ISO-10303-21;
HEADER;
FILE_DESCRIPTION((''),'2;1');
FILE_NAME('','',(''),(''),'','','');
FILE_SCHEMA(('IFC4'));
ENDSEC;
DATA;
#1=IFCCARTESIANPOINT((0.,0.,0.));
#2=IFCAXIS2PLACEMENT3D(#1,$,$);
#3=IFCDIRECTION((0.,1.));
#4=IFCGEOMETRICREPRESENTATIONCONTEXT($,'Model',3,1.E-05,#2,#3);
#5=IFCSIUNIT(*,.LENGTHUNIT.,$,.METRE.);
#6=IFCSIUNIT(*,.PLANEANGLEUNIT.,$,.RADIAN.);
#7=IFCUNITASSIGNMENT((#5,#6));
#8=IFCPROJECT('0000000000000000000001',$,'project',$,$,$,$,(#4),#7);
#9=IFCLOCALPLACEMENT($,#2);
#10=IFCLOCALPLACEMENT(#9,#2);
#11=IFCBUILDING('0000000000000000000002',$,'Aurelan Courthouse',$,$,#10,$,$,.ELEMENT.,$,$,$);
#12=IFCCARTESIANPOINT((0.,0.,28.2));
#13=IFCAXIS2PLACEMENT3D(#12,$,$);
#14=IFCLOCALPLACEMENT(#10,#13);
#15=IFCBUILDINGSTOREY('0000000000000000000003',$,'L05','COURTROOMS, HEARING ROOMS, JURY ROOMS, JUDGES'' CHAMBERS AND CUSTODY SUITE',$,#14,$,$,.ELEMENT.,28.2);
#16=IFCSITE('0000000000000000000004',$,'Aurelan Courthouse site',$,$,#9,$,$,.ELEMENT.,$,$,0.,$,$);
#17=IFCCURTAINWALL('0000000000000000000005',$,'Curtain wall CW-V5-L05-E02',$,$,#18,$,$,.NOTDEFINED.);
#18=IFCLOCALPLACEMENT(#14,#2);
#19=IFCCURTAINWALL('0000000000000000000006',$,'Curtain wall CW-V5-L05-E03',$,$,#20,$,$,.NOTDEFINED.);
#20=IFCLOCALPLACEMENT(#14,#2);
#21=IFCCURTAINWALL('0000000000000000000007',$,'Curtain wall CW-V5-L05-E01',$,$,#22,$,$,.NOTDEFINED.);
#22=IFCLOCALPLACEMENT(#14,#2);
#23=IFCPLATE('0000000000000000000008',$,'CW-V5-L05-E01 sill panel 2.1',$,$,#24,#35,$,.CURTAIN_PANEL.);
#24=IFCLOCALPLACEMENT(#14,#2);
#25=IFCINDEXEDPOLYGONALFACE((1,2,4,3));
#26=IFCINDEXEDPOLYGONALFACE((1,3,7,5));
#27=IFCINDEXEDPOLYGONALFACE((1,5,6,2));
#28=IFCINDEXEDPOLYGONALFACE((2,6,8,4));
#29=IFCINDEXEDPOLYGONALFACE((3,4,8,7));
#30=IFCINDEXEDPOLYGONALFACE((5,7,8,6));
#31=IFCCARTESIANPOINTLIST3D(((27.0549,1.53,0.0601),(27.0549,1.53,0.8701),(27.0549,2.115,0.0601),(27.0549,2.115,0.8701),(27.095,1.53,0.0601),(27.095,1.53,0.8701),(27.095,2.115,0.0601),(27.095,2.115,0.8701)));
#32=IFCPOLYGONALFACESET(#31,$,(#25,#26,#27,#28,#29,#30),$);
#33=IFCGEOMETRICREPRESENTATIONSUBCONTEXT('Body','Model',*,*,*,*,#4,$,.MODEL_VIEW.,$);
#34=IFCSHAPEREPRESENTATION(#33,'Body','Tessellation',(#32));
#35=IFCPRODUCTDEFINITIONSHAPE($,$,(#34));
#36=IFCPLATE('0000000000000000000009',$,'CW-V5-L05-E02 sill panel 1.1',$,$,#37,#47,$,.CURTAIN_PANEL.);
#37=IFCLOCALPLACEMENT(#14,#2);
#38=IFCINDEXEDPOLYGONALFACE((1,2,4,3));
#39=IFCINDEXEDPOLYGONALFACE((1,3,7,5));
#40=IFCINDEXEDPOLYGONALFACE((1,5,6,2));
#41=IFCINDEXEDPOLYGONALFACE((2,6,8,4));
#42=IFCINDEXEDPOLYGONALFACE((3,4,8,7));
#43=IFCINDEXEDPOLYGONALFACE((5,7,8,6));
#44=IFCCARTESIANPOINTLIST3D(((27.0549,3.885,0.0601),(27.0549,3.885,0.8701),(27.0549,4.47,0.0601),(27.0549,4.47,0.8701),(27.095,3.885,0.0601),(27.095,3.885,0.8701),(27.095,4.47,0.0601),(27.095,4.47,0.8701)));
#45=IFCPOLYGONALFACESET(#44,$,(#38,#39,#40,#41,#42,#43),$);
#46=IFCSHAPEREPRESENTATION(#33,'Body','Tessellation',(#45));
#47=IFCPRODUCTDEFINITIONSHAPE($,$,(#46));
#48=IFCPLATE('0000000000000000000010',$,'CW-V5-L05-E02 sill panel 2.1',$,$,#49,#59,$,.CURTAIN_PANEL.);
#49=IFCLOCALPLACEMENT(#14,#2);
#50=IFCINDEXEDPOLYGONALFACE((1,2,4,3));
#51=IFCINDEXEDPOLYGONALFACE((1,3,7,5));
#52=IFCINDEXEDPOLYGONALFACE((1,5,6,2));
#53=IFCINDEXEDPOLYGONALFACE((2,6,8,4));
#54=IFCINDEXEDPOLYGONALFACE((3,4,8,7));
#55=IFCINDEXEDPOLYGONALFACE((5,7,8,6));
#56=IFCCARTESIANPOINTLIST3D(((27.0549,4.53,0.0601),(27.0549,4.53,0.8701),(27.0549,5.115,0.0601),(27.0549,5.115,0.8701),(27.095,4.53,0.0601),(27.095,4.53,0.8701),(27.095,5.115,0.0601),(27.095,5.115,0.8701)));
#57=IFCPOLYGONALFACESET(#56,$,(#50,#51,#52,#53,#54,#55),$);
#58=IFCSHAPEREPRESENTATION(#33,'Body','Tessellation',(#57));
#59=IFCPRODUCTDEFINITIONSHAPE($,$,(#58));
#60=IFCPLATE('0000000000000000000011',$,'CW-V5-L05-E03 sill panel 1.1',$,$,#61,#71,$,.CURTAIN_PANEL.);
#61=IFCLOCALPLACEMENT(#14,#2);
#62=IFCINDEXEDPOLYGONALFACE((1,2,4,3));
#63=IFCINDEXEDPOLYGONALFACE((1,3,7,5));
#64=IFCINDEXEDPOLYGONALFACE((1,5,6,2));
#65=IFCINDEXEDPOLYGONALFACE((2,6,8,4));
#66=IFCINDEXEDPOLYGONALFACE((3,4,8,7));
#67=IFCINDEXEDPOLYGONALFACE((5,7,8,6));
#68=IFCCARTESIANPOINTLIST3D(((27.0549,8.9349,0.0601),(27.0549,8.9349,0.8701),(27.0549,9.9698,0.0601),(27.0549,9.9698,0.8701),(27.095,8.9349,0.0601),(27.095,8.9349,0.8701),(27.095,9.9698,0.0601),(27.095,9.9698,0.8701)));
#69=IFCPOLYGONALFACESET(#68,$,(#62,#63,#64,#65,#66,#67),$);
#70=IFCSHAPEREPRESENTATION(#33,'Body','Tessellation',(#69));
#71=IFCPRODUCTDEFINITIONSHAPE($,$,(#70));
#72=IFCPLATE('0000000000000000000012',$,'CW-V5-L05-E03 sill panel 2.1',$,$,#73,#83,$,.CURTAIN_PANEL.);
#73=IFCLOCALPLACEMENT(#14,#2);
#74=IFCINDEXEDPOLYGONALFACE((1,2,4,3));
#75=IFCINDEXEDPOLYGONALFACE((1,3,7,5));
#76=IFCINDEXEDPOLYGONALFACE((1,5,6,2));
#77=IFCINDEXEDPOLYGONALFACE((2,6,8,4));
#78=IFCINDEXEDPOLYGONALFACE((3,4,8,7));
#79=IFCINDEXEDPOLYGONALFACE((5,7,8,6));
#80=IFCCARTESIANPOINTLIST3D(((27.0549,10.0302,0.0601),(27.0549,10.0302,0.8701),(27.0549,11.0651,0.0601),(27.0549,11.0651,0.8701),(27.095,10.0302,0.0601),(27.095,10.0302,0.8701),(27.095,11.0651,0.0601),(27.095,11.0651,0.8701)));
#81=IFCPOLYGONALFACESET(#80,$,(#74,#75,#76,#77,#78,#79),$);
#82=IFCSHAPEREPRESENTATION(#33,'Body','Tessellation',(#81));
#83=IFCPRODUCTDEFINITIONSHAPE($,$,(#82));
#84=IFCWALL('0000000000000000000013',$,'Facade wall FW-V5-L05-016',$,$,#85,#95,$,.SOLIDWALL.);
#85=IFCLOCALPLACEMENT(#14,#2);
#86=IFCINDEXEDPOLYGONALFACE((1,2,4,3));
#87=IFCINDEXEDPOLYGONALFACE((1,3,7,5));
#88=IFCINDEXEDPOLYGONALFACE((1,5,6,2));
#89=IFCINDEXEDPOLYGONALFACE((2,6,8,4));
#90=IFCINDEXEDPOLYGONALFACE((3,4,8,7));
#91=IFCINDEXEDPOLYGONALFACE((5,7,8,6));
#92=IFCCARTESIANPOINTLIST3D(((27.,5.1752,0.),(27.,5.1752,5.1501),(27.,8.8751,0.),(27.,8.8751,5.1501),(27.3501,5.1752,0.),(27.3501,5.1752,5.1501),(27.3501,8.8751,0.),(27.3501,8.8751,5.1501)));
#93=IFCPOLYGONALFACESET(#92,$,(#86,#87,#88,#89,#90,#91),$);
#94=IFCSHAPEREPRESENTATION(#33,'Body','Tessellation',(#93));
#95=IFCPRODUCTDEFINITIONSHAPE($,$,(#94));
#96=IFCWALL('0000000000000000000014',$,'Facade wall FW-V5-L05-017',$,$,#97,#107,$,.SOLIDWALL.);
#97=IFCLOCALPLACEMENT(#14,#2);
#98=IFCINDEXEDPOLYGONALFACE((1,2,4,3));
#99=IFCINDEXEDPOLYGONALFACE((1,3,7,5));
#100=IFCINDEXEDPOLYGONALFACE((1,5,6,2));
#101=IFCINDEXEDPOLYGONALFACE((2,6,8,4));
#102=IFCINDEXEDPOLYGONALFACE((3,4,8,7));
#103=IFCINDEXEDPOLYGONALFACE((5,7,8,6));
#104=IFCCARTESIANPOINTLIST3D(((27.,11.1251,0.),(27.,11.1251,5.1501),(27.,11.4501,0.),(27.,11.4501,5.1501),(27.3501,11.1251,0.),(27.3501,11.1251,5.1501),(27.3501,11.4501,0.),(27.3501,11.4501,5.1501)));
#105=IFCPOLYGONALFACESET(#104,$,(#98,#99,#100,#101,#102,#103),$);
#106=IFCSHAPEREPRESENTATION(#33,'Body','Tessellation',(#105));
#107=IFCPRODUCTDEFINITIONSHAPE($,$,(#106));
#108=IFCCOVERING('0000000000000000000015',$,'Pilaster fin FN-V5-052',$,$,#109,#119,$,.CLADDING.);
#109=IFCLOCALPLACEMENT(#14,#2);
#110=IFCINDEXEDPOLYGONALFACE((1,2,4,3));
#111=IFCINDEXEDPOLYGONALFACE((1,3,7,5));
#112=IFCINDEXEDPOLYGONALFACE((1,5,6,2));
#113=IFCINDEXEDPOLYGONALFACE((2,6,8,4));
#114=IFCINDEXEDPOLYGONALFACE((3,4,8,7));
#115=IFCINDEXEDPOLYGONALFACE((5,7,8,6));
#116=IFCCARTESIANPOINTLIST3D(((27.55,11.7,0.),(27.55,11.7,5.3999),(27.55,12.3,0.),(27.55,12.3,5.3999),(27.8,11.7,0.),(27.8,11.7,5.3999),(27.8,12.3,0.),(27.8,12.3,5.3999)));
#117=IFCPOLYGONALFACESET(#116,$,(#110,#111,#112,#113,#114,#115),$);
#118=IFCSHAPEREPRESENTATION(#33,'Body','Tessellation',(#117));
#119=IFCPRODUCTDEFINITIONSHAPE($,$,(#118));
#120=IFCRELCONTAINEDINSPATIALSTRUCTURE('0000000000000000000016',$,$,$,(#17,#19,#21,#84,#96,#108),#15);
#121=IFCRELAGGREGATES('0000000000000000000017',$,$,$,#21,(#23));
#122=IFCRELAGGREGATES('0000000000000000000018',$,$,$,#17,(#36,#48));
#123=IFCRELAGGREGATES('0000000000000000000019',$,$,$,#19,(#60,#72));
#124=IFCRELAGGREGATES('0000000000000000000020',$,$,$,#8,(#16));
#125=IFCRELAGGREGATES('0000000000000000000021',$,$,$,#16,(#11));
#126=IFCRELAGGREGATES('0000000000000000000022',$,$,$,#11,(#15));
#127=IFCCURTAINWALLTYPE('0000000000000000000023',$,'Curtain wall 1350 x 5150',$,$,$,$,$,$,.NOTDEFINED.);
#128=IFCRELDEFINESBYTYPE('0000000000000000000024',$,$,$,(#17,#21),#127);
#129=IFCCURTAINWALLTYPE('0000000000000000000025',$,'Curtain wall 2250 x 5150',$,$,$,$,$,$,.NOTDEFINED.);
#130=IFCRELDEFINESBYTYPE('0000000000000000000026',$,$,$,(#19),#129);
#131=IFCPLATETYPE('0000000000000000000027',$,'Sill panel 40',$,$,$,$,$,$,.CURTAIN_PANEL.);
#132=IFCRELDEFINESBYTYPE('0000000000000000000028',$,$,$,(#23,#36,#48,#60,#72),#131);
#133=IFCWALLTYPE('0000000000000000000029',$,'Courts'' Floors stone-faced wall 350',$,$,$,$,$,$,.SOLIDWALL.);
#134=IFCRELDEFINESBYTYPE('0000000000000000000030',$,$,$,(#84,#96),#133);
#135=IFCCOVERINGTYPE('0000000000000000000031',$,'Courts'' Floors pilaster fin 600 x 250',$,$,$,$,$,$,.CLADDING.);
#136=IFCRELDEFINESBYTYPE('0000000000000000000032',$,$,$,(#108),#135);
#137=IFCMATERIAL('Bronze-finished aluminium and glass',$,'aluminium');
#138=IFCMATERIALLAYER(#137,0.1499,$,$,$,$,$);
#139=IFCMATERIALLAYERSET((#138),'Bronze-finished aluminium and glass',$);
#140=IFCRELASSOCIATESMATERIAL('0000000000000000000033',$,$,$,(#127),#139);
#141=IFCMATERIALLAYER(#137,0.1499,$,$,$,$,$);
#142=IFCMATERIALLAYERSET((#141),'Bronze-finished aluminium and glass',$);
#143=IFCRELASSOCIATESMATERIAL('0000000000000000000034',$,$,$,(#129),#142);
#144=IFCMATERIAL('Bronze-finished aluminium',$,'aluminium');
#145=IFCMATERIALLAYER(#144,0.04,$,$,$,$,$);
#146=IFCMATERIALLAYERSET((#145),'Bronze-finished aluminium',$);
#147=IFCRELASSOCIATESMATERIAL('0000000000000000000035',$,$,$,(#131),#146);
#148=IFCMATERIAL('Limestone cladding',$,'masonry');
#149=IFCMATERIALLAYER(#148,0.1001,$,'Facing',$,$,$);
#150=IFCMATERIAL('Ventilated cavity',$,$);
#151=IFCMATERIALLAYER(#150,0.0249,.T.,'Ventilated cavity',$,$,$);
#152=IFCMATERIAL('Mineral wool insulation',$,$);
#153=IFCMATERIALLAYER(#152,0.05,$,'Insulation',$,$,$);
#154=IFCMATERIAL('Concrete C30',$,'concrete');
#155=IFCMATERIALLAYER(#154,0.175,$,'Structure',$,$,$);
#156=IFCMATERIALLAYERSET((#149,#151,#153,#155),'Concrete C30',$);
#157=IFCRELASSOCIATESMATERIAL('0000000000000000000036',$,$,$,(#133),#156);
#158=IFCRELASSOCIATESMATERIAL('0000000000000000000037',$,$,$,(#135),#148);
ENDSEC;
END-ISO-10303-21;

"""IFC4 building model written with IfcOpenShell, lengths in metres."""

from ifc_helpers import new_model, si_unit, direction, frame, frame_2d, origin, origin_2d, place, context, subcontext, project, spatial, rectangle, extrude, material, layer, layer_set, type_object, element, aggregate, save


model = new_model("IFC4")

# Units and contexts
model_context = context("Model", 3, precision=1e-05, world=origin(), true_north=direction((0.0, 1.0)))
body_context = subcontext(model_context, "Body", "Model", "MODEL_VIEW")
ifc_project = project(units=[si_unit("LENGTHUNIT", "METRE"), si_unit("PLANEANGLEUNIT", "RADIAN")], contexts=[model_context])

# Site, building, storey
site_placement = place(None, origin())
site = spatial("IfcSite", under=ifc_project, at=site_placement, Name="Aurelan Courthouse site", CompositionType="ELEMENT", RefElevation=0.0)
building_placement = place(site_placement, origin())
building = spatial("IfcBuilding", under=site, at=building_placement, Name="Aurelan Courthouse", CompositionType="ELEMENT")
storey_placement = place(building_placement, frame((0.0, 0.0, 28.2)))
storey = spatial("IfcBuildingStorey", under=building, at=storey_placement, Name="L05", Description="COURTROOMS, HEARING ROOMS, JURY ROOMS, JUDGES' CHAMBERS AND CUSTODY SUITE", CompositionType="ELEMENT", Elevation=28.2)

# Curtain wall
ifc_material_1 = material(Name="Bronze-finished aluminium and glass", Category="aluminium")
ifc_layer_1 = layer(ifc_material_1, 0.1499)
ifc_layer_set_1 = layer_set([ifc_layer_1], Name="Bronze-finished aluminium and glass")
curtain_wall_type_1 = type_object("IfcCurtainWallType", Name="Curtain wall 1350 x 5150", PredefinedType="NOTDEFINED", material=ifc_layer_set_1)
curtain_wall_1_placement = place(storey_placement, origin())
curtain_wall_1 = element("IfcCurtainWall", 1, at=curtain_wall_1_placement, inside=storey, type_object=curtain_wall_type_1, Name="Curtain wall CW-V5-L05-E02", PredefinedType="NOTDEFINED")
ifc_material_2 = material(Name="Bronze-finished aluminium", Category="aluminium")

# Curtain wall
ifc_layer_2 = layer(ifc_material_1, 0.1499)
ifc_layer_set_2 = layer_set([ifc_layer_2], Name="Bronze-finished aluminium and glass")
curtain_wall_type_2 = type_object("IfcCurtainWallType", Name="Curtain wall 2250 x 5150", PredefinedType="NOTDEFINED", material=ifc_layer_set_2)
curtain_wall_2_placement = place(storey_placement, origin())
curtain_wall_2 = element("IfcCurtainWall", 2, at=curtain_wall_2_placement, inside=storey, type_object=curtain_wall_type_2, Name="Curtain wall CW-V5-L05-E03", PredefinedType="NOTDEFINED")

# Curtain wall
curtain_wall_3_placement = place(storey_placement, origin())
curtain_wall_3 = element("IfcCurtainWall", 3, at=curtain_wall_3_placement, inside=storey, type_object=curtain_wall_type_1, Name="Curtain wall CW-V5-L05-E01", PredefinedType="NOTDEFINED")

# Plates
ifc_layer_3 = layer(ifc_material_2, 0.04)
ifc_layer_set_3 = layer_set([ifc_layer_3], Name="Bronze-finished aluminium")
plate_type = type_object("IfcPlateType", Name="Sill panel 40", PredefinedType="CURTAIN_PANEL", material=ifc_layer_set_3)
plate_1_placement = place(storey_placement, frame((27.075, 1.8225, 0.0601), z_axis=(0.0, 0.0, 1.0), x_axis=(0.0, 1.0, 0.0)))
plate_1 = element("IfcPlate", 4, at=plate_1_placement, type_object=plate_type, Name="CW-V5-L05-E01 sill panel 2.1", PredefinedType="CURTAIN_PANEL", context=body_context, shape_type="SweptSolid", body=[
    extrude(rectangle(XDim=0.585, YDim=0.04, at=origin_2d()), origin(), (0.0, 0.0, 1.0), 0.8101),
])
aggregate(curtain_wall_3, [plate_1])
plate_2_placement = place(storey_placement, frame((27.075, 4.1775, 0.0601), z_axis=(0.0, 0.0, 1.0), x_axis=(0.0, 1.0, 0.0)))
plate_2 = element("IfcPlate", 5, at=plate_2_placement, type_object=plate_type, Name="CW-V5-L05-E02 sill panel 1.1", PredefinedType="CURTAIN_PANEL", context=body_context, shape_type="SweptSolid", body=[
    extrude(rectangle(XDim=0.585, YDim=0.04, at=origin_2d()), origin(), (0.0, 0.0, 1.0), 0.8101),
])
plate_3_placement = place(storey_placement, frame((27.075, 4.8225, 0.0601), z_axis=(0.0, 0.0, 1.0), x_axis=(0.0, 1.0, 0.0)))
plate_3 = element("IfcPlate", 6, at=plate_3_placement, type_object=plate_type, Name="CW-V5-L05-E02 sill panel 2.1", PredefinedType="CURTAIN_PANEL", context=body_context, shape_type="SweptSolid", body=[
    extrude(rectangle(XDim=0.585, YDim=0.04, at=origin_2d()), origin(), (0.0, 0.0, 1.0), 0.8101),
])
aggregate(curtain_wall_1, [plate_2, plate_3])
plate_4_placement = place(storey_placement, frame((27.075, 9.4524, 0.0601), z_axis=(0.0, 0.0, 1.0), x_axis=(0.0, 1.0, 0.0)))
plate_4 = element("IfcPlate", 7, at=plate_4_placement, type_object=plate_type, Name="CW-V5-L05-E03 sill panel 1.1", PredefinedType="CURTAIN_PANEL", context=body_context, shape_type="SweptSolid", body=[
    extrude(rectangle(XDim=1.0349, YDim=0.04, at=origin_2d()), origin(), (0.0, 0.0, 1.0), 0.8101),
])
plate_5_placement = place(storey_placement, frame((27.075, 10.5476, 0.0601), z_axis=(0.0, 0.0, 1.0), x_axis=(0.0, 1.0, 0.0)))
plate_5 = element("IfcPlate", 8, at=plate_5_placement, type_object=plate_type, Name="CW-V5-L05-E03 sill panel 2.1", PredefinedType="CURTAIN_PANEL", context=body_context, shape_type="SweptSolid", body=[
    extrude(rectangle(XDim=1.0349, YDim=0.04, at=origin_2d()), origin(), (0.0, 0.0, 1.0), 0.8101),
])
aggregate(curtain_wall_2, [plate_4, plate_5])

# Walls
ifc_material_3 = material(Name="Limestone cladding", Category="masonry")
ifc_layer_4 = layer(ifc_material_3, 0.1001, Name="Facing")
ifc_material_4 = material(Name="Ventilated cavity")
ifc_layer_5 = layer(ifc_material_4, 0.0249, ventilated=True, Name="Ventilated cavity")
ifc_material_5 = material(Name="Mineral wool insulation")
ifc_layer_6 = layer(ifc_material_5, 0.05, Name="Insulation")
ifc_material_6 = material(Name="Concrete C30", Category="concrete")
ifc_layer_7 = layer(ifc_material_6, 0.175, Name="Structure")
ifc_layer_set_4 = layer_set([ifc_layer_4, ifc_layer_5, ifc_layer_6, ifc_layer_7], Name="Concrete C30")
wall_type = type_object("IfcWallType", Name="Courts' Floors stone-faced wall 350", PredefinedType="SOLIDWALL", material=ifc_layer_set_4)
wall_1_placement = place(storey_placement, frame((27.175, 5.175, 0.0), z_axis=(0.0, 0.0, 1.0), x_axis=(0.0, 1.0, 0.0)))
element("IfcWall", 9, at=wall_1_placement, inside=storey, type_object=wall_type, Name="Facade wall FW-V5-L05-016", PredefinedType="SOLIDWALL", context=body_context, shape_type="SweptSolid", body=[
    extrude(rectangle(XDim=3.7, YDim=0.3501, at=frame_2d((1.8501, 0.0))), origin(), (0.0, 0.0, 1.0), 5.1501),
])
wall_2_placement = place(storey_placement, frame((27.175, 11.125, 0.0), z_axis=(0.0, 0.0, 1.0), x_axis=(0.0, 1.0, 0.0)))
element("IfcWall", 10, at=wall_2_placement, inside=storey, type_object=wall_type, Name="Facade wall FW-V5-L05-017", PredefinedType="SOLIDWALL", context=body_context, shape_type="SweptSolid", body=[
    extrude(rectangle(XDim=0.325, YDim=0.3501, at=frame_2d((0.1626, 0.0))), origin(), (0.0, 0.0, 1.0), 5.1501),
])

# Covering
covering_type = type_object("IfcCoveringType", Name="Courts' Floors pilaster fin 600 x 250", PredefinedType="CLADDING", material=ifc_material_3)
covering_placement = place(storey_placement, frame((27.675, 12.0, 0.0), z_axis=(0.0, 0.0, 1.0), x_axis=(1.0, 0.0, 0.0)))
element("IfcCovering", 11, at=covering_placement, inside=storey, type_object=covering_type, Name="Pilaster fin FN-V5-052", PredefinedType="CLADDING", context=body_context, shape_type="SweptSolid", body=[
    extrude(rectangle(XDim=0.25, YDim=0.6001, at=origin_2d()), origin(), (0.0, 0.0, 1.0), 5.3999),
])

save(model, "model.ifc")
